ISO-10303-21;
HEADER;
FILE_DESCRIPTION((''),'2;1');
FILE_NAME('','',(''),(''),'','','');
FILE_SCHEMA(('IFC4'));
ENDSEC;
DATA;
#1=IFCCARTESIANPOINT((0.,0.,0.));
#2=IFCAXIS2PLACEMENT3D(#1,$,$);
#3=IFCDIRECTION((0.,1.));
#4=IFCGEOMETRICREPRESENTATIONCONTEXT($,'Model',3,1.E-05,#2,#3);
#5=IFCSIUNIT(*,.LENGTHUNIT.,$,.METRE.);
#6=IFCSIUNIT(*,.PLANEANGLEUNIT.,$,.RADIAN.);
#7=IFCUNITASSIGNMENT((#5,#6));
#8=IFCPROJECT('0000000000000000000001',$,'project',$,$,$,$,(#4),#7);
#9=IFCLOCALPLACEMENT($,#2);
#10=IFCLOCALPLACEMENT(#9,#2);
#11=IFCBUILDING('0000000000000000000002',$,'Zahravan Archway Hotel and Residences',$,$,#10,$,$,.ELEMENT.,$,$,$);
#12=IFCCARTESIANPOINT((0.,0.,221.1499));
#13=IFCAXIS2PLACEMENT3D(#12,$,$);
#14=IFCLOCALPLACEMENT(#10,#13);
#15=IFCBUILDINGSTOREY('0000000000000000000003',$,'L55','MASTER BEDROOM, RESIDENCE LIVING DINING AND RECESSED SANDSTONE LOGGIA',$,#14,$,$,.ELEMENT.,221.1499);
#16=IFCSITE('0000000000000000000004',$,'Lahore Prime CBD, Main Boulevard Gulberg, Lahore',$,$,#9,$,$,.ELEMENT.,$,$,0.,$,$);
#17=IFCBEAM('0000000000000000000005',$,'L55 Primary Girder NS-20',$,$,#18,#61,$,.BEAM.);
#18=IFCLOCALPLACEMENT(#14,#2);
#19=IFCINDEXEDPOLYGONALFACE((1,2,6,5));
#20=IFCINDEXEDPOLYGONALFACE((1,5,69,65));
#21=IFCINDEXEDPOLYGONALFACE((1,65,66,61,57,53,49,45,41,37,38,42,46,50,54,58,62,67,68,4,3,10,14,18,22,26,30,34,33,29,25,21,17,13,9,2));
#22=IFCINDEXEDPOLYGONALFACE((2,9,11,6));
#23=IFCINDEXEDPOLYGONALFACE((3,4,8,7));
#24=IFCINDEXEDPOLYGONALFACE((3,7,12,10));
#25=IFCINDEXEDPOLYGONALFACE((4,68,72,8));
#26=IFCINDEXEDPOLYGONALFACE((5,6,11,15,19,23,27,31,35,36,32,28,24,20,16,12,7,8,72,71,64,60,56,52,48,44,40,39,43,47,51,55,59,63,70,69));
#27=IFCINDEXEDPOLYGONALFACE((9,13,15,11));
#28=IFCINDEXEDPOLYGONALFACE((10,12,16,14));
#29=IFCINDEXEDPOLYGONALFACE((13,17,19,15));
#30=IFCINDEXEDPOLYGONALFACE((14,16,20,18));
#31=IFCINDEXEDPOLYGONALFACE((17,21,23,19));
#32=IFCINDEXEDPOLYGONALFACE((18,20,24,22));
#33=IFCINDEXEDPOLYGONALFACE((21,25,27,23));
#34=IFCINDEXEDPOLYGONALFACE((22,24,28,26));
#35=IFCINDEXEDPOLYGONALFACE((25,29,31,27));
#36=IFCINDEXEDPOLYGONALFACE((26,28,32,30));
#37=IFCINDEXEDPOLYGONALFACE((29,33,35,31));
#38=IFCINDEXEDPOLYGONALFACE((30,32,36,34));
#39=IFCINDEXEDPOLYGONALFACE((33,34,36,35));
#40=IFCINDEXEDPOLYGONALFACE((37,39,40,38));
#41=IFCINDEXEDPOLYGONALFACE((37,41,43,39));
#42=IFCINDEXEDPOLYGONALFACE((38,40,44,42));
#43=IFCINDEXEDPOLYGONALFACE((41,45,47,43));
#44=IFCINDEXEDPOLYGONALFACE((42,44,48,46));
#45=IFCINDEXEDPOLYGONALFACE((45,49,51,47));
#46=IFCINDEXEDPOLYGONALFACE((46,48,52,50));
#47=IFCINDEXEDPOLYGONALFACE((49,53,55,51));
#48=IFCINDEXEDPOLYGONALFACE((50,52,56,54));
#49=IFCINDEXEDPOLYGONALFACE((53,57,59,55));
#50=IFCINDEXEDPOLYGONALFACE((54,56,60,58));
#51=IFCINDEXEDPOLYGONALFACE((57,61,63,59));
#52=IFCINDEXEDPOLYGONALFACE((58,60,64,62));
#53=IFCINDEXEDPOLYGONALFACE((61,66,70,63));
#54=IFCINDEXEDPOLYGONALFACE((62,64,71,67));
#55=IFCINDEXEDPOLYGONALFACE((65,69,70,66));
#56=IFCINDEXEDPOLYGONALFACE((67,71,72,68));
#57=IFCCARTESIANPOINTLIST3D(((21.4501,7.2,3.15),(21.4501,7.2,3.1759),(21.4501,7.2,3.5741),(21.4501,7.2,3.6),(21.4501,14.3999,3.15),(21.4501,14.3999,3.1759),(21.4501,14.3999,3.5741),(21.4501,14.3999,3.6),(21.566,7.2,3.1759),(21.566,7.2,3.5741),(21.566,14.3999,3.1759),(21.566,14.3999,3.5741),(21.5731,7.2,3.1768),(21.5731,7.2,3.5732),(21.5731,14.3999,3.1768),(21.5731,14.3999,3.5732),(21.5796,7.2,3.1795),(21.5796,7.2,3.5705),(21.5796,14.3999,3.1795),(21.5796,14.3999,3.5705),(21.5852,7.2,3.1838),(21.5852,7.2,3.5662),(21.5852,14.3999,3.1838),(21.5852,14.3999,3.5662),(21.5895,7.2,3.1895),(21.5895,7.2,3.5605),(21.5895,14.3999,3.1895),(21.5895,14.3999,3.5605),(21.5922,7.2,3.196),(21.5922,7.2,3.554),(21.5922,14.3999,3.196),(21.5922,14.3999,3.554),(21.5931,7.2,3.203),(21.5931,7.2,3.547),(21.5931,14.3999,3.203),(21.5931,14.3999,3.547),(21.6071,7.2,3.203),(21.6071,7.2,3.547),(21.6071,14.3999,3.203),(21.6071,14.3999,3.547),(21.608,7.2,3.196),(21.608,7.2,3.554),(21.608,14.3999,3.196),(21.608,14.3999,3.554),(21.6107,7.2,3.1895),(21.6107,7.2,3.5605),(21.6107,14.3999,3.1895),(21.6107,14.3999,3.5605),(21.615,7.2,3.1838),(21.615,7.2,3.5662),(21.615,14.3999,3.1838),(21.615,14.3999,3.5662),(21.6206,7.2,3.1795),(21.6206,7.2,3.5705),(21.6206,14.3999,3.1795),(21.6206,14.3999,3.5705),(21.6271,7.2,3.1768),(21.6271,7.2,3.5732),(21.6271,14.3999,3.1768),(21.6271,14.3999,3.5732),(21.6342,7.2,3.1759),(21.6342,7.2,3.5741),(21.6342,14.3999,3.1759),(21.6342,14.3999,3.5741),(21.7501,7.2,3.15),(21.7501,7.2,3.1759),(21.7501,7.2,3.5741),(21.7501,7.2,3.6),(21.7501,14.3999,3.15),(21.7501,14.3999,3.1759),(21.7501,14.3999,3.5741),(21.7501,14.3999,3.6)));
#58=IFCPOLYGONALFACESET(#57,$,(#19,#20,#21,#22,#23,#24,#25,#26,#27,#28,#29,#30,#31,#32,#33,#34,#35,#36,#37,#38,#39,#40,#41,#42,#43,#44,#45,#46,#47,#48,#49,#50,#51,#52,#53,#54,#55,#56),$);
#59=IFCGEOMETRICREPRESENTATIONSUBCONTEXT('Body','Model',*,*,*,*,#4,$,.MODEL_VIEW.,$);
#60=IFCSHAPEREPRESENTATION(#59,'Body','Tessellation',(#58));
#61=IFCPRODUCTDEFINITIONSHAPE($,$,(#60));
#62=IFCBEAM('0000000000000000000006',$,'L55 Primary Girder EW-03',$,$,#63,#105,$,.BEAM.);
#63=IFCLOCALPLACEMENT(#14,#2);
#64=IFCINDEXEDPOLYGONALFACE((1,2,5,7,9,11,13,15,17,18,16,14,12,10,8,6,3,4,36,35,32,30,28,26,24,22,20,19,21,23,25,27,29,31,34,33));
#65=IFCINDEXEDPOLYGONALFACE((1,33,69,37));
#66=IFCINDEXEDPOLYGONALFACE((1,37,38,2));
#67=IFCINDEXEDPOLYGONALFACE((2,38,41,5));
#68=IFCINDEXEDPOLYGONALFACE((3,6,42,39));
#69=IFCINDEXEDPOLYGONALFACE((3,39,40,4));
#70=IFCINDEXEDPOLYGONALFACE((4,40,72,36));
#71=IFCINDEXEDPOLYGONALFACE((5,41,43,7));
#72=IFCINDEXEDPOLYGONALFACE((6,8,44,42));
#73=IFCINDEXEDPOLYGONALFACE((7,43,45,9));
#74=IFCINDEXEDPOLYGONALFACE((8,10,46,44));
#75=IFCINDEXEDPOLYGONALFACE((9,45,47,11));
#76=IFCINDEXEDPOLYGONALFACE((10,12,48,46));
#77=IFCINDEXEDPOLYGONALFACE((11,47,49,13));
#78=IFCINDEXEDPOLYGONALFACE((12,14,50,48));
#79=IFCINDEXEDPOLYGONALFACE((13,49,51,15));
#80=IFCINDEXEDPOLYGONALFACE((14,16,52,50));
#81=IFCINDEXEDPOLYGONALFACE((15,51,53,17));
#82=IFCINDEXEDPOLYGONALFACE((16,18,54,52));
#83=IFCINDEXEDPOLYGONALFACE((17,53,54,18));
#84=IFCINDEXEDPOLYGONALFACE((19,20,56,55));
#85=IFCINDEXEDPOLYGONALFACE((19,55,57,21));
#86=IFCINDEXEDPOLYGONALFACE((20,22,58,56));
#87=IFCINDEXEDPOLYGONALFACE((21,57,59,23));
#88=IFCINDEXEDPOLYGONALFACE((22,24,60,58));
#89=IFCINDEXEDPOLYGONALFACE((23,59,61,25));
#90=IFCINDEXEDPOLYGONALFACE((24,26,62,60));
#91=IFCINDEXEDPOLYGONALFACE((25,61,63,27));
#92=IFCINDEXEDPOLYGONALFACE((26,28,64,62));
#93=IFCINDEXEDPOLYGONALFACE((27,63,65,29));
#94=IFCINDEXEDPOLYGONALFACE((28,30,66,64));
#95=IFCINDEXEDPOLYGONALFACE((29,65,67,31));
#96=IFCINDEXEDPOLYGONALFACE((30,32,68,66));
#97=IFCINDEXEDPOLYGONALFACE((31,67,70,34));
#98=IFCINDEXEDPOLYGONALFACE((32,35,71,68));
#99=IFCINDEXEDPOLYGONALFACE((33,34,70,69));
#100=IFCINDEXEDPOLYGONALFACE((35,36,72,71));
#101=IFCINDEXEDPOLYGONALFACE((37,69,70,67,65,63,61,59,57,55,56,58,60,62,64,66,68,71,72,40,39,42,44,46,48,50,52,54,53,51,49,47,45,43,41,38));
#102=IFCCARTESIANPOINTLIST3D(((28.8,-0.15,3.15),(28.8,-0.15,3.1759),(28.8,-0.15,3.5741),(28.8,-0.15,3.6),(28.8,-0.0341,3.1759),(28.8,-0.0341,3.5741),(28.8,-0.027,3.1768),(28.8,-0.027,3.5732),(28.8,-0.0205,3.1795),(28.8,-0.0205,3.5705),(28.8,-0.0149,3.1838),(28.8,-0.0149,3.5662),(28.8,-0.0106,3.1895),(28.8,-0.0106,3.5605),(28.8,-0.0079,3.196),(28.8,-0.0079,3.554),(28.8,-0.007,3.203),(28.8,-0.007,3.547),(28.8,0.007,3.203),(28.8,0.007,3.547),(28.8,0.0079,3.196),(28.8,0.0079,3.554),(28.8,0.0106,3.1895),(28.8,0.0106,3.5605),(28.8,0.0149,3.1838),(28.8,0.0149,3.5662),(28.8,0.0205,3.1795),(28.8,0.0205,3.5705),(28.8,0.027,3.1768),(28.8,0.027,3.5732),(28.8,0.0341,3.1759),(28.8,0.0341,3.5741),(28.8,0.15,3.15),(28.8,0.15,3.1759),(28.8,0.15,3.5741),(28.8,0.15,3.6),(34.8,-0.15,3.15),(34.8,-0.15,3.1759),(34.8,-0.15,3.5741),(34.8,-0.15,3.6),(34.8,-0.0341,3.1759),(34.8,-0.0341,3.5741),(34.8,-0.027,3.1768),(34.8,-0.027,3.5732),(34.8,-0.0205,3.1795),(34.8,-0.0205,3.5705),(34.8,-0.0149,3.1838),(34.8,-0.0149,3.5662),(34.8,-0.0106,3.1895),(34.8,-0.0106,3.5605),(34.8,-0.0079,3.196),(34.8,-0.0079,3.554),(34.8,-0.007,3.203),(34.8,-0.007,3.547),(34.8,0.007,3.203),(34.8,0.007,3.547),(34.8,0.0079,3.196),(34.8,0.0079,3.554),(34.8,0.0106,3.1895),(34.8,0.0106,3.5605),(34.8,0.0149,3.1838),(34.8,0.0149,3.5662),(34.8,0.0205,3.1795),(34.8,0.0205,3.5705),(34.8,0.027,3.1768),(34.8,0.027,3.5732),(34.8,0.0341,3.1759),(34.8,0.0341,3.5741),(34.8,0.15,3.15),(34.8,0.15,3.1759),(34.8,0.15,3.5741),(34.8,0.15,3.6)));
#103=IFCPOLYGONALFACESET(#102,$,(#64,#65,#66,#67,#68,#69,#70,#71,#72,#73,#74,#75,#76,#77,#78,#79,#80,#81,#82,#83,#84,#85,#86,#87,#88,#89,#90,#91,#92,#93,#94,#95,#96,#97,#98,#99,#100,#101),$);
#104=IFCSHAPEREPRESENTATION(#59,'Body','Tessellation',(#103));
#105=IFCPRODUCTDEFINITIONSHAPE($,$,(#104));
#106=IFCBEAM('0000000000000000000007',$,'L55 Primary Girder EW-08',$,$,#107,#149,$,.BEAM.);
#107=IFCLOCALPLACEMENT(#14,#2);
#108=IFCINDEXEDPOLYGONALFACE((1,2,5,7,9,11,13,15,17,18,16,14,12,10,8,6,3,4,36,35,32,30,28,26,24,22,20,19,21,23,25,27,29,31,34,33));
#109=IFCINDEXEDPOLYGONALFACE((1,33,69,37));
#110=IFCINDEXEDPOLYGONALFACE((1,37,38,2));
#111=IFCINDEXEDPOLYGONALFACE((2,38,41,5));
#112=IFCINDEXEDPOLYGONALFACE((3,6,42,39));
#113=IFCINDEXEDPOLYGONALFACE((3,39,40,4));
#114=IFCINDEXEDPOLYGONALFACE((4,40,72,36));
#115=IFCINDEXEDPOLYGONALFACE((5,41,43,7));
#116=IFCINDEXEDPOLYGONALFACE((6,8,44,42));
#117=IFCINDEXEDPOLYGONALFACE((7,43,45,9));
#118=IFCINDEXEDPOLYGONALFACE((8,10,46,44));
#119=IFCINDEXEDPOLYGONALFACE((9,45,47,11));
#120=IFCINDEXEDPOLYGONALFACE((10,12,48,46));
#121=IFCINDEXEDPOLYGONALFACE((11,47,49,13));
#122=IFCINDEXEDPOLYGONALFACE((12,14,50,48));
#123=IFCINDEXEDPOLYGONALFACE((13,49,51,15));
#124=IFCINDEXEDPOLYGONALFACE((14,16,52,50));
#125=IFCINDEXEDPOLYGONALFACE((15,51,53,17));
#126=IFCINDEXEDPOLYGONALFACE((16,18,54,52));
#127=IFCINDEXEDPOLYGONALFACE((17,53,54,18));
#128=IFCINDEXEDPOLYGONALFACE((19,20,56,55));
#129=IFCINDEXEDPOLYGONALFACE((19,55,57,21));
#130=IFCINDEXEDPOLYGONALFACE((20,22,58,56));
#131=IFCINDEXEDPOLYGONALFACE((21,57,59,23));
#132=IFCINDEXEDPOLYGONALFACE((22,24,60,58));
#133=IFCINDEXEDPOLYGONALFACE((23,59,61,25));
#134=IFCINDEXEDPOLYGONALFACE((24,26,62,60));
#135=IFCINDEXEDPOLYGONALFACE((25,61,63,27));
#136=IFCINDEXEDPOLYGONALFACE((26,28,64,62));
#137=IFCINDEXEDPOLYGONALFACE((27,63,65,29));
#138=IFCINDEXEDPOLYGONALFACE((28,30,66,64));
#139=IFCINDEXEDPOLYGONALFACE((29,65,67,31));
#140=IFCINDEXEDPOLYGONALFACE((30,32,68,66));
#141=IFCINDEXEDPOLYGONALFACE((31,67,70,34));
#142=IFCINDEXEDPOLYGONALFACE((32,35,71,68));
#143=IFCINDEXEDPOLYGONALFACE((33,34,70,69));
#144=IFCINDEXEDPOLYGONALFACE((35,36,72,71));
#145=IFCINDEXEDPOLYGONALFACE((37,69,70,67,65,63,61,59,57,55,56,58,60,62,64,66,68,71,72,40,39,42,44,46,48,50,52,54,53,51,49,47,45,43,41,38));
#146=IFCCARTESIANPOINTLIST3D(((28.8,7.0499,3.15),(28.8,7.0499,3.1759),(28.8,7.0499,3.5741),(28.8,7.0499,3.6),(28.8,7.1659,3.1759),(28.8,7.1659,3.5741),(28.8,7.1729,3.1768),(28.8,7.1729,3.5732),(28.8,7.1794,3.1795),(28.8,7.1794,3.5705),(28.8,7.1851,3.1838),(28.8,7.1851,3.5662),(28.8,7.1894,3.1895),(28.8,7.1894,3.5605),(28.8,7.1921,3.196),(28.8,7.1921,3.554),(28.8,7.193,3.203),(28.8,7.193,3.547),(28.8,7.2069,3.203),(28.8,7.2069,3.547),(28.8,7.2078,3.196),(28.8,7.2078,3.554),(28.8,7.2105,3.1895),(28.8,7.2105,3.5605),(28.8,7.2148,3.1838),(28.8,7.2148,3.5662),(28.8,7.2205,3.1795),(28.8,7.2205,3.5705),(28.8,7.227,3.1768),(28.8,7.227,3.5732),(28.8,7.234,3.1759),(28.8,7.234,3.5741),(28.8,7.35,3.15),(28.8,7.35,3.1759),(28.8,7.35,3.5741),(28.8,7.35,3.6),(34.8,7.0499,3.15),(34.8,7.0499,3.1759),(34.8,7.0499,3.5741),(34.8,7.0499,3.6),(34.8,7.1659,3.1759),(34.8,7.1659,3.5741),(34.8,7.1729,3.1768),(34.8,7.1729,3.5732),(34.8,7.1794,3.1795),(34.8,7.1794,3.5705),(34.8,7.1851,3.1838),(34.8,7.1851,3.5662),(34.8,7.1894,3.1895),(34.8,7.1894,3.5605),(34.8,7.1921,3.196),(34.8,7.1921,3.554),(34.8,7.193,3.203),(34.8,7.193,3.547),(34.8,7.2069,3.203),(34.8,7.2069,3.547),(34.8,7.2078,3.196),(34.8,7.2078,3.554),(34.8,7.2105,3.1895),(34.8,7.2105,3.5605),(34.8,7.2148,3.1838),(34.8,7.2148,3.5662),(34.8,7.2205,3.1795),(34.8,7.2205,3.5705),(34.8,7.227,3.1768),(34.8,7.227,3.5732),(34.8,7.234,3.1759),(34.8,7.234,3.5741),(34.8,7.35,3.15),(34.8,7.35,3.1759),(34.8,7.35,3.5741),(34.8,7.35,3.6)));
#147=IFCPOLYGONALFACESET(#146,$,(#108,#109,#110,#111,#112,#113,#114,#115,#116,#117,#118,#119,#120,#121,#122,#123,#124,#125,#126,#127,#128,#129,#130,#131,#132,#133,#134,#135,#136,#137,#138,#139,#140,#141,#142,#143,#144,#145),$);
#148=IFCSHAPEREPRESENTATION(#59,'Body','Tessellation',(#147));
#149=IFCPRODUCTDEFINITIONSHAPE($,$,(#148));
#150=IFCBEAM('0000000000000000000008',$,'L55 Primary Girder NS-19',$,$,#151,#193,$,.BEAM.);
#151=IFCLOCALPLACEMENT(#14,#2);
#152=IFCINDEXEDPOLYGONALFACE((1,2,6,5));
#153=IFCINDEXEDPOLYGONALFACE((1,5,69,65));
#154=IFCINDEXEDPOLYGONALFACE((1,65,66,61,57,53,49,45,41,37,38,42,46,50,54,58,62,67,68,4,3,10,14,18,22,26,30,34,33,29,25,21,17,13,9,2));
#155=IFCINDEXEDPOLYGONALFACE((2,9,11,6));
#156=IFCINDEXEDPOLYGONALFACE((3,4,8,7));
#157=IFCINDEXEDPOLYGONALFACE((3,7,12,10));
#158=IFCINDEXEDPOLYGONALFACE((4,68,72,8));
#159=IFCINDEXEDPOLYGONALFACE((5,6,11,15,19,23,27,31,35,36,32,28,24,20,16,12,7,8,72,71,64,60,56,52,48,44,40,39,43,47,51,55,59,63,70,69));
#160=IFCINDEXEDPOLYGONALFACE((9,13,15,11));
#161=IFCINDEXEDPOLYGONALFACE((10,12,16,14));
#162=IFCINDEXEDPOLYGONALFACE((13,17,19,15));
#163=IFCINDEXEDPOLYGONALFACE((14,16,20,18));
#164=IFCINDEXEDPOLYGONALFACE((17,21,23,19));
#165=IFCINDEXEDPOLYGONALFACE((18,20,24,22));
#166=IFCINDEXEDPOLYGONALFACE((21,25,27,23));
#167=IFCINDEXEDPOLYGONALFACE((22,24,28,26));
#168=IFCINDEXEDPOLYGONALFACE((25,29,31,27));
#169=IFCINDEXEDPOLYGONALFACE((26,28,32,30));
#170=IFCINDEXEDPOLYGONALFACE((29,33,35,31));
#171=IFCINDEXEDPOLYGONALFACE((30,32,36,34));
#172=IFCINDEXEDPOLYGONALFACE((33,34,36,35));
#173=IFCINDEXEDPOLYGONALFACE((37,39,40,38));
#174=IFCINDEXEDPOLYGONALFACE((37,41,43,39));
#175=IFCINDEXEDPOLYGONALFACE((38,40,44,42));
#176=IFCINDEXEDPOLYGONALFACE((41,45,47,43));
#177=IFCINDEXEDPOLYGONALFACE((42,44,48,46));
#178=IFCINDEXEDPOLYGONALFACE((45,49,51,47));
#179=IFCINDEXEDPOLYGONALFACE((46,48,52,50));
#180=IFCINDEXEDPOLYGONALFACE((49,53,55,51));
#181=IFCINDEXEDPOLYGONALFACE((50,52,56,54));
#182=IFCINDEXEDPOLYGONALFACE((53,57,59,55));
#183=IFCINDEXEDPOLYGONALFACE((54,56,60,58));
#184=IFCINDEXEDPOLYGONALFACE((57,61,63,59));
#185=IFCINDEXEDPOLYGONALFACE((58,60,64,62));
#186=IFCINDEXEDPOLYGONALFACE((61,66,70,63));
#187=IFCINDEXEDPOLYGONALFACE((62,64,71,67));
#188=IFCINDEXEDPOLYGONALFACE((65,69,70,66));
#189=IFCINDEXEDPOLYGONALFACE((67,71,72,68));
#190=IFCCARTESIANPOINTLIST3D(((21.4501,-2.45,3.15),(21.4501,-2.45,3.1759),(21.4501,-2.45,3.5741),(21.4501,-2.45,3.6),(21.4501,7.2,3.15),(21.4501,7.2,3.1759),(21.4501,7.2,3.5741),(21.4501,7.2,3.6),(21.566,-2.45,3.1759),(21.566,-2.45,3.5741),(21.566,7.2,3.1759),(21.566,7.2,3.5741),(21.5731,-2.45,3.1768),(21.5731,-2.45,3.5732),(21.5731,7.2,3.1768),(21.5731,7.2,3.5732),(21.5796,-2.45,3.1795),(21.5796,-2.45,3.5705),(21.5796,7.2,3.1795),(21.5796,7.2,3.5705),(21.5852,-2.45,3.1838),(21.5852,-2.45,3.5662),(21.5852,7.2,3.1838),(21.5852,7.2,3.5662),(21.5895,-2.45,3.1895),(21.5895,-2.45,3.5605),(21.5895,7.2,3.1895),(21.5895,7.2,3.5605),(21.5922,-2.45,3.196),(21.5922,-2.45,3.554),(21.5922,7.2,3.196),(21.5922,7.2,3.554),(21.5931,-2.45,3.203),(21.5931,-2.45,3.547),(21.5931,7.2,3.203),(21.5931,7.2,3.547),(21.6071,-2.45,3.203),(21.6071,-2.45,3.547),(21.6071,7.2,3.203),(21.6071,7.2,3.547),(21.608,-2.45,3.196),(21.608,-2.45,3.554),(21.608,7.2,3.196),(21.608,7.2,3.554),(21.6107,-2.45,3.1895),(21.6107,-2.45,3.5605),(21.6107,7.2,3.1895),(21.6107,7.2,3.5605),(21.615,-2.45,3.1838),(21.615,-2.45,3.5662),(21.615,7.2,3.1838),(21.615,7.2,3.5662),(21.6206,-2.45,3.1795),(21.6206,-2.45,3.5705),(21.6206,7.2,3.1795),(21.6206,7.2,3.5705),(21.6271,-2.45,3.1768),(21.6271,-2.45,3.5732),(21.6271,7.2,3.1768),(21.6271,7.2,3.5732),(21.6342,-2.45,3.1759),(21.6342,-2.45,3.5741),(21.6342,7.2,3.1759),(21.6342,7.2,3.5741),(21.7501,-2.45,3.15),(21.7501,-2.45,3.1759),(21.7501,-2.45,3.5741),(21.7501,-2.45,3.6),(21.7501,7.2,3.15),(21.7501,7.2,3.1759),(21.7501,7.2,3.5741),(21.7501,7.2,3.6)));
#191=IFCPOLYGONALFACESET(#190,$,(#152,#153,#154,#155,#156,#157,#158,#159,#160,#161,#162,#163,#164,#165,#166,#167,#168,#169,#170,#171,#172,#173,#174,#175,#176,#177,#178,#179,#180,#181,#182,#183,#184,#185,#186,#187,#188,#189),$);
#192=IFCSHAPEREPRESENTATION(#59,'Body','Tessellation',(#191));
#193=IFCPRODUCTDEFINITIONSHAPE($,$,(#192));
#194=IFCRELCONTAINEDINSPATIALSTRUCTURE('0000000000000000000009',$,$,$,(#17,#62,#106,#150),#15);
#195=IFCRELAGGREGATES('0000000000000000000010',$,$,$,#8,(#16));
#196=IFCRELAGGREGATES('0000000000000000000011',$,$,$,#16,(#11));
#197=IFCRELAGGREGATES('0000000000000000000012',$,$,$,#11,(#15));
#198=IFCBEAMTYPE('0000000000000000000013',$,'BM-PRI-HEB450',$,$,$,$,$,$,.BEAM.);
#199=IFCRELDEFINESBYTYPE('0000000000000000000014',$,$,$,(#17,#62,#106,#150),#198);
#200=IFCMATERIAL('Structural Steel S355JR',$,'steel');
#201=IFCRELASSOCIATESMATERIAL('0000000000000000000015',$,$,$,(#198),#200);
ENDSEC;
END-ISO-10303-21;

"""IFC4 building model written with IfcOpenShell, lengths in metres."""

from ifc_helpers import new_model, si_unit, direction, frame, origin, origin_2d, place, context, subcontext, project, spatial, i_section, extrude, source, transform, mapped, material, material_profile, profile_set, type_object, element, save


model = new_model("IFC4")

# Units and contexts
model_context = context("Model", 3, precision=1e-05, world=origin(), true_north=direction((0.0, 1.0)))
body_context = subcontext(model_context, "Body", "Model", "MODEL_VIEW")
ifc_project = project(units=[si_unit("LENGTHUNIT", "METRE"), si_unit("PLANEANGLEUNIT", "RADIAN")], contexts=[model_context])

# Site, building, storey
site_placement = place(None, origin())
site = spatial("IfcSite", under=ifc_project, at=site_placement, Name="Lahore Prime CBD, Main Boulevard Gulberg, Lahore", CompositionType="ELEMENT", RefElevation=0.0)
building_placement = place(site_placement, origin())
building = spatial("IfcBuilding", under=site, at=building_placement, Name="Zahravan Archway Hotel and Residences", CompositionType="ELEMENT")
storey_placement = place(building_placement, frame((0.0, 0.0, 221.1499)))
storey = spatial("IfcBuildingStorey", under=building, at=storey_placement, Name="L55", Description="MASTER BEDROOM, RESIDENCE LIVING DINING AND RECESSED SANDSTONE LOGGIA", CompositionType="ELEMENT", Elevation=221.1499)

# Beams
ifc_material_1 = material(Name="Structural Steel S355JR", Category="steel")
ifc_material_profile_1 = material_profile(ifc_material_1, i_section(OverallWidth=0.3, OverallDepth=0.45, WebThickness=0.0139, FlangeThickness=0.0259, FilletRadius=0.0271, at=origin_2d()), Name="HEB 450", Category="steel")
ifc_profile_set_1 = profile_set([ifc_material_profile_1], Name="Structural Steel S355JR")
beam_type_1 = type_object("IfcBeamType", Name="BM-PRI-HEB450", PredefinedType="BEAM", material=ifc_profile_set_1)
shared_shape_1 = source(origin(), body_context, "Body", "SweptSolid", [
    extrude(i_section(OverallWidth=0.3, OverallDepth=0.45, WebThickness=0.0139, FlangeThickness=0.0259, FilletRadius=0.0271, at=origin_2d()), origin(), (0.0, 0.0, 1.0), 7.2),
])
for number, where, z_axis, x_axis, name in (
    (1, (21.6001, 7.2, 3.375), (0.0, 1.0, 0.0), (-1.0, 0.0, 0.0), "L55 Primary Girder NS-20"),
):
    element("IfcBeam", number, at=place(storey_placement, frame(where, z_axis=z_axis, x_axis=x_axis)), inside=storey, type_object=beam_type_1, Name=name, PredefinedType="BEAM", context=body_context, shape_type="MappedRepresentation", body=[
        mapped(shared_shape_1, transform((0.0, 0.0, 0.0), scale=1.0)),
    ])
shared_shape_2 = source(origin(), body_context, "Body", "SweptSolid", [
    extrude(i_section(OverallWidth=0.3, OverallDepth=0.45, WebThickness=0.0139, FlangeThickness=0.0259, FilletRadius=0.0271, at=origin_2d()), origin(), (0.0, 0.0, 1.0), 6.0),
])
for number, where, z_axis, x_axis, name in (
    (2, (28.8, 0.0, 3.375), (1.0, 0.0, 0.0), (0.0, 1.0, 0.0), "L55 Primary Girder EW-03"),
    (3, (28.8, 7.2, 3.375), (1.0, 0.0, 0.0), (0.0, 1.0, 0.0), "L55 Primary Girder EW-08"),
):
    element("IfcBeam", number, at=place(storey_placement, frame(where, z_axis=z_axis, x_axis=x_axis)), inside=storey, type_object=beam_type_1, Name=name, PredefinedType="BEAM", context=body_context, shape_type="MappedRepresentation", body=[
        mapped(shared_shape_2, transform((0.0, 0.0, 0.0), scale=1.0)),
    ])
shared_shape_3 = source(origin(), body_context, "Body", "SweptSolid", [
    extrude(i_section(OverallWidth=0.3, OverallDepth=0.45, WebThickness=0.0139, FlangeThickness=0.0259, FilletRadius=0.0271, at=origin_2d()), origin(), (0.0, 0.0, 1.0), 9.6499),
])
for number, where, z_axis, x_axis, name in (
    (4, (21.6001, -2.45, 3.375), (0.0, 1.0, 0.0), (-1.0, 0.0, 0.0), "L55 Primary Girder NS-19"),
):
    element("IfcBeam", number, at=place(storey_placement, frame(where, z_axis=z_axis, x_axis=x_axis)), inside=storey, type_object=beam_type_1, Name=name, PredefinedType="BEAM", context=body_context, shape_type="MappedRepresentation", body=[
        mapped(shared_shape_3, transform((0.0, 0.0, 0.0), scale=1.0)),
    ])

save(model, "model.ifc")
